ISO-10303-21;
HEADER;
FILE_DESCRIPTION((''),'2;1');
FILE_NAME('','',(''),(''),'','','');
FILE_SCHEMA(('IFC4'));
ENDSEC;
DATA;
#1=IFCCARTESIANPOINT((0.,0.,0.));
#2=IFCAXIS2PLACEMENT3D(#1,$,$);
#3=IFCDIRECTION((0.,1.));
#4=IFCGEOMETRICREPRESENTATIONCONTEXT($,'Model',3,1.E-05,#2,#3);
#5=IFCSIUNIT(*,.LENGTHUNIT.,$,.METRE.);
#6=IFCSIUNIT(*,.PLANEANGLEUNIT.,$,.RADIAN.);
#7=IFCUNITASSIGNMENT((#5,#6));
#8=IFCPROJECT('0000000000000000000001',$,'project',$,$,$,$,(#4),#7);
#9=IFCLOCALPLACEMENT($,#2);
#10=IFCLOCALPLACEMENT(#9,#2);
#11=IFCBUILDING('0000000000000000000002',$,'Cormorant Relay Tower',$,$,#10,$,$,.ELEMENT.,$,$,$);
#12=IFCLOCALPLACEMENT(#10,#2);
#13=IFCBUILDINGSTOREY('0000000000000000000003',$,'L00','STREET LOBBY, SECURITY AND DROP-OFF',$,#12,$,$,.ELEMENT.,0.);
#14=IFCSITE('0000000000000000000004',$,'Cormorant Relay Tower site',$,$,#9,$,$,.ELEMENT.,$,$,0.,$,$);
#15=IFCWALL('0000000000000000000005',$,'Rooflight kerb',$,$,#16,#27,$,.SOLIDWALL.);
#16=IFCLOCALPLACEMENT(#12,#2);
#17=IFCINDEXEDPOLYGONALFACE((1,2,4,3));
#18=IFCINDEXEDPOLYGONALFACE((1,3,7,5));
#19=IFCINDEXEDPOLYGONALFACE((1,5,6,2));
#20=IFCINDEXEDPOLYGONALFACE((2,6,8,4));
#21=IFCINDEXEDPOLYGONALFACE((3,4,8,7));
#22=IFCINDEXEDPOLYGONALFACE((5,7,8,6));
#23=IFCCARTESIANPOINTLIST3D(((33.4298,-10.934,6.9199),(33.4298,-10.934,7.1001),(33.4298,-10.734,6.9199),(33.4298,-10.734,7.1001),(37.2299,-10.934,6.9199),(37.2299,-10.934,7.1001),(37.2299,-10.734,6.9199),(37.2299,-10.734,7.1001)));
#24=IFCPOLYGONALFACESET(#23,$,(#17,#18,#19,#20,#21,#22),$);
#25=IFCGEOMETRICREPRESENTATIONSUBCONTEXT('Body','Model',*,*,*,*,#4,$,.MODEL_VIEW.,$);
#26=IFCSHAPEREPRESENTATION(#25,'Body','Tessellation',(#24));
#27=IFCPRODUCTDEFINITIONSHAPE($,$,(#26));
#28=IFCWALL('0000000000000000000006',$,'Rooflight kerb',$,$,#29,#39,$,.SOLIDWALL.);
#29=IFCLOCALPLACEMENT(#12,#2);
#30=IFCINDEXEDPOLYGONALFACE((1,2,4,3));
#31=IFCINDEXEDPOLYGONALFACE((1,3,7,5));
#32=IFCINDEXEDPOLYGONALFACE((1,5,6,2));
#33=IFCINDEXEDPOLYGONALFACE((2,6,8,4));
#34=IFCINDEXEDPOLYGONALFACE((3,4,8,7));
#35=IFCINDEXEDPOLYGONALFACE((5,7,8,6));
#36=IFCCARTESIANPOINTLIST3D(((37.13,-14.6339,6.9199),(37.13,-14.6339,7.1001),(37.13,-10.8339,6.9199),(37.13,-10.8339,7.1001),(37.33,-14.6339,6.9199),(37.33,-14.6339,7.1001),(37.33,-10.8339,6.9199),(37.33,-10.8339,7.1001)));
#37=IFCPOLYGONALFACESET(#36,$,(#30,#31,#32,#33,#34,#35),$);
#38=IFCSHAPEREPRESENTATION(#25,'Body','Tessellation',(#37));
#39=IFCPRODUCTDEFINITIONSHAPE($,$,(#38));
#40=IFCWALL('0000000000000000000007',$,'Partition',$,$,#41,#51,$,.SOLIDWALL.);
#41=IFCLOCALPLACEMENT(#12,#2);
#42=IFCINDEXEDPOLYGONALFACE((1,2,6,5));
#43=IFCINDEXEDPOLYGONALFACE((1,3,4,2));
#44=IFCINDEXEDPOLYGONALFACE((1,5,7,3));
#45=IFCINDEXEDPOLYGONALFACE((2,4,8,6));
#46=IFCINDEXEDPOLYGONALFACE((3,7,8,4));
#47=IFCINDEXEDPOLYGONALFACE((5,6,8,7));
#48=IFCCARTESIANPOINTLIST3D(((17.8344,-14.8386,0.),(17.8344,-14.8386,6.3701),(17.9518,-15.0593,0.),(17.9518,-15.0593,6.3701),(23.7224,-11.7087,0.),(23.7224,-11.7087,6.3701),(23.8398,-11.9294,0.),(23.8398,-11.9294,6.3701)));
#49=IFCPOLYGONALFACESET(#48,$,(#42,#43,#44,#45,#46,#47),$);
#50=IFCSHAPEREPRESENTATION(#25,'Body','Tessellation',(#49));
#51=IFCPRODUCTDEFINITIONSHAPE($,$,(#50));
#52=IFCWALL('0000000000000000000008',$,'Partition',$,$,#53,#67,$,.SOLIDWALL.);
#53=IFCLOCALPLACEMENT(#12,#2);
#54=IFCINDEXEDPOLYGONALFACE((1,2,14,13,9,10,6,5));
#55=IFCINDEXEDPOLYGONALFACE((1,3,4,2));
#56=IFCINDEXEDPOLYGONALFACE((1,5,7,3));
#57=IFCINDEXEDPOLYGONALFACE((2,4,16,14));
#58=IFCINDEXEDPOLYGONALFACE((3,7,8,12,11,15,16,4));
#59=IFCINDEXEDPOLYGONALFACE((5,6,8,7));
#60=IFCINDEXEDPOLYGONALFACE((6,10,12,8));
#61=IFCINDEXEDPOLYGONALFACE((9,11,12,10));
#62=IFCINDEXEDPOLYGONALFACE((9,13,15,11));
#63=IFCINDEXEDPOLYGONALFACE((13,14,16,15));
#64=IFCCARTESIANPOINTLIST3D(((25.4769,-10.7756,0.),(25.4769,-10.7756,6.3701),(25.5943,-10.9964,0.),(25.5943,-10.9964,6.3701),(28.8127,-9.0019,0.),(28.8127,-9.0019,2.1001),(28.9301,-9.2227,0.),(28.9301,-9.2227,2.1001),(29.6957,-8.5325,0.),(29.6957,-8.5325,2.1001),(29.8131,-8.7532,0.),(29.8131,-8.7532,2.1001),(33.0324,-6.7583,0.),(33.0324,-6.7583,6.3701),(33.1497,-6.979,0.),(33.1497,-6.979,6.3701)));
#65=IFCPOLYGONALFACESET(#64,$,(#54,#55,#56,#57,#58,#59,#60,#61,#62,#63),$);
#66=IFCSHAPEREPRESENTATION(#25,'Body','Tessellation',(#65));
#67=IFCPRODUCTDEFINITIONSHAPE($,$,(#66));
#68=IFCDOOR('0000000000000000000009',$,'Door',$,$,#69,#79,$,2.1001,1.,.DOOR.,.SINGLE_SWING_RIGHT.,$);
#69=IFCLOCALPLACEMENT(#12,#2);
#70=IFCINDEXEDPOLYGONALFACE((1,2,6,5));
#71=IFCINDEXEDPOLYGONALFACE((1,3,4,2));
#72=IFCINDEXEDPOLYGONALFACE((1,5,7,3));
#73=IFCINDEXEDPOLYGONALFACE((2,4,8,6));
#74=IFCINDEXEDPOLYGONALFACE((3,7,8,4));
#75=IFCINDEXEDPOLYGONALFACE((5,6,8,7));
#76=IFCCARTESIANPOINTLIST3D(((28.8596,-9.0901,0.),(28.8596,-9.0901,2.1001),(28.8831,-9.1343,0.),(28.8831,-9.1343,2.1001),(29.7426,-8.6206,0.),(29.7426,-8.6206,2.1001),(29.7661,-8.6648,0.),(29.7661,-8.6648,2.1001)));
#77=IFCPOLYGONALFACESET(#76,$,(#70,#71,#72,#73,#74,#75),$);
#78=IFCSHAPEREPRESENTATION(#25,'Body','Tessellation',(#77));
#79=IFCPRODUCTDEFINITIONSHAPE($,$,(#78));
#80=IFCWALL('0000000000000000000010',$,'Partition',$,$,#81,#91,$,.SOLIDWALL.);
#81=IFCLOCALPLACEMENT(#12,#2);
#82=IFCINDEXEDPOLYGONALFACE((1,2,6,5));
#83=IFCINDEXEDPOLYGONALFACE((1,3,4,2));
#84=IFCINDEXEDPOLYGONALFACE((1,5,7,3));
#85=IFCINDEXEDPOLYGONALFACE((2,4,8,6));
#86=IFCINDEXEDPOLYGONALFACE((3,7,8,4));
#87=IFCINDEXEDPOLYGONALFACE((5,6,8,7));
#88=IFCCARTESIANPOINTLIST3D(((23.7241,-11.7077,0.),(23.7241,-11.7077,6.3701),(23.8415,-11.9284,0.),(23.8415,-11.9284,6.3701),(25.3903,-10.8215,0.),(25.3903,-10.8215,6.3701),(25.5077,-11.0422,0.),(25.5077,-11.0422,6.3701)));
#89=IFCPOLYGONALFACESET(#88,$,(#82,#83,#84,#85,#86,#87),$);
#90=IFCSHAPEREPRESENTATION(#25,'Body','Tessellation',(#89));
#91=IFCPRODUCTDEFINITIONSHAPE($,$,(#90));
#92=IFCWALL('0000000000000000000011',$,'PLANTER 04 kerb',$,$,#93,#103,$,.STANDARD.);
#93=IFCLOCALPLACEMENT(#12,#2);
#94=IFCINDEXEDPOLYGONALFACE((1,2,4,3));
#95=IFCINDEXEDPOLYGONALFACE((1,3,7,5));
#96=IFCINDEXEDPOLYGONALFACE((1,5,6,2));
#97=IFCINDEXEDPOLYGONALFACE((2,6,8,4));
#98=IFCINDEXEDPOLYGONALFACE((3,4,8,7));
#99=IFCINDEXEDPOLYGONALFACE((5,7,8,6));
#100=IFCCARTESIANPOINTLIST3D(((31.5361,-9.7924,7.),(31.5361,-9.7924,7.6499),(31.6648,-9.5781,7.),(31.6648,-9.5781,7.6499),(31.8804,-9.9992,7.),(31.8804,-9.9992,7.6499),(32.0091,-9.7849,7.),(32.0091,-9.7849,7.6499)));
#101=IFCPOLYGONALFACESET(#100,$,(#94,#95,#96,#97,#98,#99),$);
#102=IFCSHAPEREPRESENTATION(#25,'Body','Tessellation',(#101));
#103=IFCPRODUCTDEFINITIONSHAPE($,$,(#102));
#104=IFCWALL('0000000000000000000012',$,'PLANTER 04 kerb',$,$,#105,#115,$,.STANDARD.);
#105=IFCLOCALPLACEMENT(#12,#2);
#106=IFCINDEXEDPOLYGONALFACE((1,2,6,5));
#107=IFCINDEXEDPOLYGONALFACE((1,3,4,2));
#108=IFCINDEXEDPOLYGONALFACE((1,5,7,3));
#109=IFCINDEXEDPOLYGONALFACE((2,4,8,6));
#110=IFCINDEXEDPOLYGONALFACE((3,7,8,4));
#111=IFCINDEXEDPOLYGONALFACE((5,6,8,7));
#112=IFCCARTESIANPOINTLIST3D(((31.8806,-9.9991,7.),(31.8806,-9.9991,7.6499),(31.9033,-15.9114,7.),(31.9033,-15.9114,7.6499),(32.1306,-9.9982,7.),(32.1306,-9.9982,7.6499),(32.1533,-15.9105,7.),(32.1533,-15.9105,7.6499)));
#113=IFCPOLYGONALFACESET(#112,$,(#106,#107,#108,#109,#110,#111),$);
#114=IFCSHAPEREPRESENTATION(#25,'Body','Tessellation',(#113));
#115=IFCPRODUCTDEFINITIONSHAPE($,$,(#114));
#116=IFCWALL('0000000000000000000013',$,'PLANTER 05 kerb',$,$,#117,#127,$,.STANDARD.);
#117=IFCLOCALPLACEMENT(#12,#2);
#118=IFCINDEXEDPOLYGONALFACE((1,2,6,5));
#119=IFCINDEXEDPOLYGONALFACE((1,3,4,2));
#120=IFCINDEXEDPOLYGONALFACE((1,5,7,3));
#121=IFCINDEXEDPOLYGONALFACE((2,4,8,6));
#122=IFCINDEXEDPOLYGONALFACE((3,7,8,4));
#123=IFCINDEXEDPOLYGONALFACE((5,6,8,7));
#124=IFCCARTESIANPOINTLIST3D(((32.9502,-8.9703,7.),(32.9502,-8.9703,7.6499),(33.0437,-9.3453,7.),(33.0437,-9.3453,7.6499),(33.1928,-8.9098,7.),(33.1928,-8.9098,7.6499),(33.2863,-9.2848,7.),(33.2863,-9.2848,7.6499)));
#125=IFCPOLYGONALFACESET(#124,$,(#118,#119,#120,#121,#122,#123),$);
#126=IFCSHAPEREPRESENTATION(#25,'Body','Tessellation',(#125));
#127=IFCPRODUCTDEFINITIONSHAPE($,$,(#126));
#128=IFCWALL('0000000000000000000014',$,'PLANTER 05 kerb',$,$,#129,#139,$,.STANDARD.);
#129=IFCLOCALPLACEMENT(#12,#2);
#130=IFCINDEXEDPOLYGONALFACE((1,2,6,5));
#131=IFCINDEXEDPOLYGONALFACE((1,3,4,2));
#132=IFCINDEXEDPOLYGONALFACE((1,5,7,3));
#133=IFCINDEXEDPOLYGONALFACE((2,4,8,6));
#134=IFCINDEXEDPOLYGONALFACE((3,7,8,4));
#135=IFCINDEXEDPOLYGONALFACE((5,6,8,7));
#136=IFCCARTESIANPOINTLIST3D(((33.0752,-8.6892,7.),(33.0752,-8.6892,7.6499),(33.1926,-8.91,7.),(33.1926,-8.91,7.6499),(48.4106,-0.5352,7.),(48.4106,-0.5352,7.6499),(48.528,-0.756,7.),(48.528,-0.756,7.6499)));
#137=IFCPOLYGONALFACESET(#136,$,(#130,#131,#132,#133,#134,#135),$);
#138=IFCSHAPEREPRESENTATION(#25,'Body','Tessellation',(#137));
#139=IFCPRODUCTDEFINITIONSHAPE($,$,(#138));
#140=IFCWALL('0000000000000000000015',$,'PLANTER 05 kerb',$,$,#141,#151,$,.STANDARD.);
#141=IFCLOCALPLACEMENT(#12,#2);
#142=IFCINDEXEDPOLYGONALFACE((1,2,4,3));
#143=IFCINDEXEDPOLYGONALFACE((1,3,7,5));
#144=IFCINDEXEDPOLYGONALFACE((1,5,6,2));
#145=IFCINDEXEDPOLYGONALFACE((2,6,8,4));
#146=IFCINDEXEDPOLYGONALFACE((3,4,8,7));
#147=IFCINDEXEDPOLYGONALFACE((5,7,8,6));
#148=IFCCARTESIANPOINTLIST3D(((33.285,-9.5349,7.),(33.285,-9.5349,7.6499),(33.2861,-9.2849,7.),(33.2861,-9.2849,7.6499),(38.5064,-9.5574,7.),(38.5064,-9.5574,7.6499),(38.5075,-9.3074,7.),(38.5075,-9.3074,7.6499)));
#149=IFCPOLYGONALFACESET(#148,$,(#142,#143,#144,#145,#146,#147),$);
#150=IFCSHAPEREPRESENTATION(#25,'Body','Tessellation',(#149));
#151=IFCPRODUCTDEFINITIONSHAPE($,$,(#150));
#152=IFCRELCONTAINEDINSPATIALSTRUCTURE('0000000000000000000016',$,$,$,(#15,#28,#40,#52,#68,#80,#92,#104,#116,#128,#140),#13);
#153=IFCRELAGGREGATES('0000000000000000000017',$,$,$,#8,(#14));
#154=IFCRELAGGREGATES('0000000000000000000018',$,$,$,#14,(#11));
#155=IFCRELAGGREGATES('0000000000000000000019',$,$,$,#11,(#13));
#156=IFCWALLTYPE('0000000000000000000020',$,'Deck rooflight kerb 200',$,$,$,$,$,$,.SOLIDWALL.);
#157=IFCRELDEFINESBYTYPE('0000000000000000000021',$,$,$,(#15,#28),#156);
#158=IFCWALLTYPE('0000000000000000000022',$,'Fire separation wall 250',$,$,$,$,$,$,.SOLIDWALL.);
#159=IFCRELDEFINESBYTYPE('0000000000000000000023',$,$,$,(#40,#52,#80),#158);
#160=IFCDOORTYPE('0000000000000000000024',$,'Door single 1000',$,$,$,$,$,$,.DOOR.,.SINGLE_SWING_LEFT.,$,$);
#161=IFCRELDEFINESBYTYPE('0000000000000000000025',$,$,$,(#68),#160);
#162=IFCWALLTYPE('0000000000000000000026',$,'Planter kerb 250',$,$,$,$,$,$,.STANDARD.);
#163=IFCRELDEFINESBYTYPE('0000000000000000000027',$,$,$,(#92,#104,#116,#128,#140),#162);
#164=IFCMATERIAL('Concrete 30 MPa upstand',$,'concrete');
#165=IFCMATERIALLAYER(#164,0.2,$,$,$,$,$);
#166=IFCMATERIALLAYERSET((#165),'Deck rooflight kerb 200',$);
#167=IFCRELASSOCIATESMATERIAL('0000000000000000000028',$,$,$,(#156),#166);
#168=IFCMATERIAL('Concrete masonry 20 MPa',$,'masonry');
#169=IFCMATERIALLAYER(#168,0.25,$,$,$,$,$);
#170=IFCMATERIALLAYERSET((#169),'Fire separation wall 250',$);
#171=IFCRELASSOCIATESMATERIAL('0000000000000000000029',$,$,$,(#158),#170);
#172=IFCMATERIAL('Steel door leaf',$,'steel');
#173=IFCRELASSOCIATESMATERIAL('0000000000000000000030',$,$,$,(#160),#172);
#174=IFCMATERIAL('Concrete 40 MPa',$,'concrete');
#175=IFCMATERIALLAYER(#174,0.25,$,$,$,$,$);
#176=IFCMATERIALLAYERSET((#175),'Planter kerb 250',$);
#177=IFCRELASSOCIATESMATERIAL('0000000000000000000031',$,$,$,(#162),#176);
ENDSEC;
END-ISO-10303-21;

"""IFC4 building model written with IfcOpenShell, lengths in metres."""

from ifc_helpers import new_model, si_unit, direction, frame, frame_2d, origin, place, context, subcontext, project, spatial, rectangle, extrude, material, layer, layer_set, type_object, element, fill, save


model = new_model("IFC4")

# Units and contexts
model_context = context("Model", 3, precision=1e-05, world=origin(), true_north=direction((0.0, 1.0)))
body_context = subcontext(model_context, "Body", "Model", "MODEL_VIEW")
ifc_project = project(units=[si_unit("LENGTHUNIT", "METRE"), si_unit("PLANEANGLEUNIT", "RADIAN")], contexts=[model_context])

# Site, building, storey
site_placement = place(None, origin())
site = spatial("IfcSite", under=ifc_project, at=site_placement, Name="Cormorant Relay Tower site", CompositionType="ELEMENT", RefElevation=0.0)
building_placement = place(site_placement, origin())
building = spatial("IfcBuilding", under=site, at=building_placement, Name="Cormorant Relay Tower", CompositionType="ELEMENT")
storey_placement = place(building_placement, origin())
storey = spatial("IfcBuildingStorey", under=building, at=storey_placement, Name="L00", Description="STREET LOBBY, SECURITY AND DROP-OFF", CompositionType="ELEMENT", Elevation=0.0)

# Walls
ifc_material_1 = material(Name="Concrete 30 MPa upstand", Category="concrete")
ifc_layer_1 = layer(ifc_material_1, 0.2)
ifc_layer_set_1 = layer_set([ifc_layer_1], Name="Deck rooflight kerb 200")
wall_type_1 = type_object("IfcWallType", Name="Deck rooflight kerb 200", PredefinedType="SOLIDWALL", material=ifc_layer_set_1)
for number, where, z_axis, x_axis, name in (
    (1, (33.4299, -10.834, 6.9199), (0.0, 0.0, 1.0), (1.0, 0.0, 0.0), "Rooflight kerb"),
    (2, (37.23, -10.834, 6.9199), (0.0, 0.0, 1.0), (0.0, -1.0, 0.0), "Rooflight kerb"),
):
    element("IfcWall", number, at=place(storey_placement, frame(where, z_axis=z_axis, x_axis=x_axis)), inside=storey, type_object=wall_type_1, Name=name, PredefinedType="SOLIDWALL", context=body_context, shape_type="SweptSolid", body=[
        extrude(rectangle(XDim=3.8, YDim=0.2, at=frame_2d((1.8999, 0.0))), origin(), (0.0, 0.0, 1.0), 0.1802),
    ])
ifc_material_2 = material(Name="Concrete masonry 20 MPa", Category="masonry")
ifc_layer_2 = layer(ifc_material_2, 0.25)
ifc_layer_set_2 = layer_set([ifc_layer_2], Name="Fire separation wall 250")
wall_type_2 = type_object("IfcWallType", Name="Fire separation wall 250", PredefinedType="SOLIDWALL", material=ifc_layer_set_2)
wall_1_placement = place(storey_placement, frame((23.781, -11.8191, 0.0), z_axis=(0.0, 0.0, 1.0), x_axis=(-0.882997, -0.469379, 0.0)))
element("IfcWall", 3, at=wall_1_placement, inside=storey, type_object=wall_type_2, Name="Partition", PredefinedType="SOLIDWALL", context=body_context, shape_type="SweptSolid", body=[
    extrude(rectangle(XDim=6.6682, YDim=0.25, at=frame_2d((3.334, 0.0))), origin(), (0.0, 0.0, 1.0), 6.3701),
])

# Wall, opening, door
wall_2_placement = place(storey_placement, frame((33.0911, -6.8687, 0.0), z_axis=(0.0, 0.0, 1.0), x_axis=(-0.882945, -0.469476, 0.0)))
wall_2 = element("IfcWall", 4, at=wall_2_placement, inside=storey, type_object=wall_type_2, Name="Partition", PredefinedType="SOLIDWALL", context=body_context, shape_type="SweptSolid", body=[
    extrude(rectangle(XDim=8.5571, YDim=0.25, at=frame_2d((4.2786, 0.0))), origin(), (0.0, 0.0, 1.0), 6.3701),
])
opening_placement = place(wall_2_placement, frame((3.7791, 0.0, 0.0)))
opening = element("IfcOpeningElement", 5, at=opening_placement, cuts=wall_2, PredefinedType="OPENING", context=body_context, shape_type="SweptSolid", body=[
    extrude(rectangle(XDim=1.0, YDim=2.1001, at=frame_2d((0.5, 1.05))), frame((0.0, 0.135, 0.0), z_axis=(0.0, -1.0, 0.0), x_axis=(1.0, 0.0, 0.0)), (0.0, 0.0, 1.0), 0.27),
])
ifc_material_3 = material(Name="Steel door leaf", Category="steel")
door_type = type_object("IfcDoorType", Name="Door single 1000", OperationType="SINGLE_SWING_LEFT", PredefinedType="DOOR", material=ifc_material_3)
door_placement = place(opening_placement, origin())
door = element("IfcDoor", 6, at=door_placement, inside=storey, type_object=door_type, Name="Door", OperationType="SINGLE_SWING_RIGHT", OverallHeight=2.1001, OverallWidth=1.0, PredefinedType="DOOR", context=body_context, shape_type="SweptSolid", body=[
    extrude(rectangle(XDim=1.0, YDim=2.1001, at=frame_2d((0.5, 1.05))), frame((0.0, 0.0249, 0.0), z_axis=(0.0, -1.0, 0.0), x_axis=(1.0, 0.0, 0.0)), (0.0, 0.0, 1.0), 0.05),
])
fill(opening, door)

# Walls
wall_3_placement = place(storey_placement, frame((25.449, -10.9319, 0.0), z_axis=(0.0, 0.0, 1.0), x_axis=(-0.88289, -0.469581, 0.0)))
element("IfcWall", 7, at=wall_3_placement, inside=storey, type_object=wall_type_2, Name="Partition", PredefinedType="SOLIDWALL", context=body_context, shape_type="SweptSolid", body=[
    extrude(rectangle(XDim=1.8872, YDim=0.25, at=frame_2d((0.9436, 0.0))), origin(), (0.0, 0.0, 1.0), 6.3701),
])
ifc_material_4 = material(Name="Concrete 40 MPa", Category="concrete")
ifc_layer_3 = layer(ifc_material_4, 0.25)
ifc_layer_set_3 = layer_set([ifc_layer_3], Name="Planter kerb 250")
wall_type_3 = type_object("IfcWallType", Name="Planter kerb 250", PredefinedType="STANDARD", material=ifc_layer_set_3)
wall_4_placement = place(storey_placement, frame((31.6006, -9.6853, 7.0), z_axis=(0.0, 0.0, 1.0), x_axis=(0.857225, -0.514943, 0.0)))
element("IfcWall", 8, at=wall_4_placement, inside=storey, type_object=wall_type_3, Name="PLANTER 04 kerb", PredefinedType="STANDARD", context=body_context, shape_type="SweptSolid", body=[
    extrude(rectangle(XDim=0.4016, YDim=0.25, at=frame_2d((0.2007, 0.0))), origin(), (0.0, 0.0, 1.0), 0.6499),
])
wall_5_placement = place(storey_placement, frame((32.0056, -9.9988, 7.0), z_axis=(0.0, 0.0, 1.0), x_axis=(0.00384, -0.999993, 0.0)))
element("IfcWall", 9, at=wall_5_placement, inside=storey, type_object=wall_type_3, Name="PLANTER 04 kerb", PredefinedType="STANDARD", context=body_context, shape_type="SweptSolid", body=[
    extrude(rectangle(XDim=5.9124, YDim=0.25, at=frame_2d((2.9561, 0.0))), origin(), (0.0, 0.0, 1.0), 0.6499),
])
wall_6_placement = place(storey_placement, frame((33.165, -9.3152, 7.0), z_axis=(0.0, 0.0, 1.0), x_axis=(-0.241941, 0.970291, 0.0)))
element("IfcWall", 10, at=wall_6_placement, inside=storey, type_object=wall_type_3, Name="PLANTER 05 kerb", PredefinedType="STANDARD", context=body_context, shape_type="SweptSolid", body=[
    extrude(rectangle(XDim=0.3865, YDim=0.25, at=frame_2d((0.1934, 0.0))), origin(), (0.0, 0.0, 1.0), 0.6499),
])
wall_7_placement = place(storey_placement, frame((33.134, -8.7996, 7.0), z_axis=(0.0, 0.0, 1.0), x_axis=(0.882946, 0.469474, 0.0)))
element("IfcWall", 11, at=wall_7_placement, inside=storey, type_object=wall_type_3, Name="PLANTER 05 kerb", PredefinedType="STANDARD", context=body_context, shape_type="SweptSolid", body=[
    extrude(rectangle(XDim=17.3684, YDim=0.25, at=frame_2d((8.6841, 0.0))), origin(), (0.0, 0.0, 1.0), 0.6499),
])
wall_8_placement = place(storey_placement, frame((38.5071, -9.4324, 7.0), z_axis=(0.0, 0.0, 1.0), x_axis=(-0.999991, 0.004302, 0.0)))
element("IfcWall", 12, at=wall_8_placement, inside=storey, type_object=wall_type_3, Name="PLANTER 05 kerb", PredefinedType="STANDARD", context=body_context, shape_type="SweptSolid", body=[
    extrude(rectangle(XDim=5.2214, YDim=0.25, at=frame_2d((2.6108, 0.0))), origin(), (0.0, 0.0, 1.0), 0.6499),
])

save(model, "model.ifc")
